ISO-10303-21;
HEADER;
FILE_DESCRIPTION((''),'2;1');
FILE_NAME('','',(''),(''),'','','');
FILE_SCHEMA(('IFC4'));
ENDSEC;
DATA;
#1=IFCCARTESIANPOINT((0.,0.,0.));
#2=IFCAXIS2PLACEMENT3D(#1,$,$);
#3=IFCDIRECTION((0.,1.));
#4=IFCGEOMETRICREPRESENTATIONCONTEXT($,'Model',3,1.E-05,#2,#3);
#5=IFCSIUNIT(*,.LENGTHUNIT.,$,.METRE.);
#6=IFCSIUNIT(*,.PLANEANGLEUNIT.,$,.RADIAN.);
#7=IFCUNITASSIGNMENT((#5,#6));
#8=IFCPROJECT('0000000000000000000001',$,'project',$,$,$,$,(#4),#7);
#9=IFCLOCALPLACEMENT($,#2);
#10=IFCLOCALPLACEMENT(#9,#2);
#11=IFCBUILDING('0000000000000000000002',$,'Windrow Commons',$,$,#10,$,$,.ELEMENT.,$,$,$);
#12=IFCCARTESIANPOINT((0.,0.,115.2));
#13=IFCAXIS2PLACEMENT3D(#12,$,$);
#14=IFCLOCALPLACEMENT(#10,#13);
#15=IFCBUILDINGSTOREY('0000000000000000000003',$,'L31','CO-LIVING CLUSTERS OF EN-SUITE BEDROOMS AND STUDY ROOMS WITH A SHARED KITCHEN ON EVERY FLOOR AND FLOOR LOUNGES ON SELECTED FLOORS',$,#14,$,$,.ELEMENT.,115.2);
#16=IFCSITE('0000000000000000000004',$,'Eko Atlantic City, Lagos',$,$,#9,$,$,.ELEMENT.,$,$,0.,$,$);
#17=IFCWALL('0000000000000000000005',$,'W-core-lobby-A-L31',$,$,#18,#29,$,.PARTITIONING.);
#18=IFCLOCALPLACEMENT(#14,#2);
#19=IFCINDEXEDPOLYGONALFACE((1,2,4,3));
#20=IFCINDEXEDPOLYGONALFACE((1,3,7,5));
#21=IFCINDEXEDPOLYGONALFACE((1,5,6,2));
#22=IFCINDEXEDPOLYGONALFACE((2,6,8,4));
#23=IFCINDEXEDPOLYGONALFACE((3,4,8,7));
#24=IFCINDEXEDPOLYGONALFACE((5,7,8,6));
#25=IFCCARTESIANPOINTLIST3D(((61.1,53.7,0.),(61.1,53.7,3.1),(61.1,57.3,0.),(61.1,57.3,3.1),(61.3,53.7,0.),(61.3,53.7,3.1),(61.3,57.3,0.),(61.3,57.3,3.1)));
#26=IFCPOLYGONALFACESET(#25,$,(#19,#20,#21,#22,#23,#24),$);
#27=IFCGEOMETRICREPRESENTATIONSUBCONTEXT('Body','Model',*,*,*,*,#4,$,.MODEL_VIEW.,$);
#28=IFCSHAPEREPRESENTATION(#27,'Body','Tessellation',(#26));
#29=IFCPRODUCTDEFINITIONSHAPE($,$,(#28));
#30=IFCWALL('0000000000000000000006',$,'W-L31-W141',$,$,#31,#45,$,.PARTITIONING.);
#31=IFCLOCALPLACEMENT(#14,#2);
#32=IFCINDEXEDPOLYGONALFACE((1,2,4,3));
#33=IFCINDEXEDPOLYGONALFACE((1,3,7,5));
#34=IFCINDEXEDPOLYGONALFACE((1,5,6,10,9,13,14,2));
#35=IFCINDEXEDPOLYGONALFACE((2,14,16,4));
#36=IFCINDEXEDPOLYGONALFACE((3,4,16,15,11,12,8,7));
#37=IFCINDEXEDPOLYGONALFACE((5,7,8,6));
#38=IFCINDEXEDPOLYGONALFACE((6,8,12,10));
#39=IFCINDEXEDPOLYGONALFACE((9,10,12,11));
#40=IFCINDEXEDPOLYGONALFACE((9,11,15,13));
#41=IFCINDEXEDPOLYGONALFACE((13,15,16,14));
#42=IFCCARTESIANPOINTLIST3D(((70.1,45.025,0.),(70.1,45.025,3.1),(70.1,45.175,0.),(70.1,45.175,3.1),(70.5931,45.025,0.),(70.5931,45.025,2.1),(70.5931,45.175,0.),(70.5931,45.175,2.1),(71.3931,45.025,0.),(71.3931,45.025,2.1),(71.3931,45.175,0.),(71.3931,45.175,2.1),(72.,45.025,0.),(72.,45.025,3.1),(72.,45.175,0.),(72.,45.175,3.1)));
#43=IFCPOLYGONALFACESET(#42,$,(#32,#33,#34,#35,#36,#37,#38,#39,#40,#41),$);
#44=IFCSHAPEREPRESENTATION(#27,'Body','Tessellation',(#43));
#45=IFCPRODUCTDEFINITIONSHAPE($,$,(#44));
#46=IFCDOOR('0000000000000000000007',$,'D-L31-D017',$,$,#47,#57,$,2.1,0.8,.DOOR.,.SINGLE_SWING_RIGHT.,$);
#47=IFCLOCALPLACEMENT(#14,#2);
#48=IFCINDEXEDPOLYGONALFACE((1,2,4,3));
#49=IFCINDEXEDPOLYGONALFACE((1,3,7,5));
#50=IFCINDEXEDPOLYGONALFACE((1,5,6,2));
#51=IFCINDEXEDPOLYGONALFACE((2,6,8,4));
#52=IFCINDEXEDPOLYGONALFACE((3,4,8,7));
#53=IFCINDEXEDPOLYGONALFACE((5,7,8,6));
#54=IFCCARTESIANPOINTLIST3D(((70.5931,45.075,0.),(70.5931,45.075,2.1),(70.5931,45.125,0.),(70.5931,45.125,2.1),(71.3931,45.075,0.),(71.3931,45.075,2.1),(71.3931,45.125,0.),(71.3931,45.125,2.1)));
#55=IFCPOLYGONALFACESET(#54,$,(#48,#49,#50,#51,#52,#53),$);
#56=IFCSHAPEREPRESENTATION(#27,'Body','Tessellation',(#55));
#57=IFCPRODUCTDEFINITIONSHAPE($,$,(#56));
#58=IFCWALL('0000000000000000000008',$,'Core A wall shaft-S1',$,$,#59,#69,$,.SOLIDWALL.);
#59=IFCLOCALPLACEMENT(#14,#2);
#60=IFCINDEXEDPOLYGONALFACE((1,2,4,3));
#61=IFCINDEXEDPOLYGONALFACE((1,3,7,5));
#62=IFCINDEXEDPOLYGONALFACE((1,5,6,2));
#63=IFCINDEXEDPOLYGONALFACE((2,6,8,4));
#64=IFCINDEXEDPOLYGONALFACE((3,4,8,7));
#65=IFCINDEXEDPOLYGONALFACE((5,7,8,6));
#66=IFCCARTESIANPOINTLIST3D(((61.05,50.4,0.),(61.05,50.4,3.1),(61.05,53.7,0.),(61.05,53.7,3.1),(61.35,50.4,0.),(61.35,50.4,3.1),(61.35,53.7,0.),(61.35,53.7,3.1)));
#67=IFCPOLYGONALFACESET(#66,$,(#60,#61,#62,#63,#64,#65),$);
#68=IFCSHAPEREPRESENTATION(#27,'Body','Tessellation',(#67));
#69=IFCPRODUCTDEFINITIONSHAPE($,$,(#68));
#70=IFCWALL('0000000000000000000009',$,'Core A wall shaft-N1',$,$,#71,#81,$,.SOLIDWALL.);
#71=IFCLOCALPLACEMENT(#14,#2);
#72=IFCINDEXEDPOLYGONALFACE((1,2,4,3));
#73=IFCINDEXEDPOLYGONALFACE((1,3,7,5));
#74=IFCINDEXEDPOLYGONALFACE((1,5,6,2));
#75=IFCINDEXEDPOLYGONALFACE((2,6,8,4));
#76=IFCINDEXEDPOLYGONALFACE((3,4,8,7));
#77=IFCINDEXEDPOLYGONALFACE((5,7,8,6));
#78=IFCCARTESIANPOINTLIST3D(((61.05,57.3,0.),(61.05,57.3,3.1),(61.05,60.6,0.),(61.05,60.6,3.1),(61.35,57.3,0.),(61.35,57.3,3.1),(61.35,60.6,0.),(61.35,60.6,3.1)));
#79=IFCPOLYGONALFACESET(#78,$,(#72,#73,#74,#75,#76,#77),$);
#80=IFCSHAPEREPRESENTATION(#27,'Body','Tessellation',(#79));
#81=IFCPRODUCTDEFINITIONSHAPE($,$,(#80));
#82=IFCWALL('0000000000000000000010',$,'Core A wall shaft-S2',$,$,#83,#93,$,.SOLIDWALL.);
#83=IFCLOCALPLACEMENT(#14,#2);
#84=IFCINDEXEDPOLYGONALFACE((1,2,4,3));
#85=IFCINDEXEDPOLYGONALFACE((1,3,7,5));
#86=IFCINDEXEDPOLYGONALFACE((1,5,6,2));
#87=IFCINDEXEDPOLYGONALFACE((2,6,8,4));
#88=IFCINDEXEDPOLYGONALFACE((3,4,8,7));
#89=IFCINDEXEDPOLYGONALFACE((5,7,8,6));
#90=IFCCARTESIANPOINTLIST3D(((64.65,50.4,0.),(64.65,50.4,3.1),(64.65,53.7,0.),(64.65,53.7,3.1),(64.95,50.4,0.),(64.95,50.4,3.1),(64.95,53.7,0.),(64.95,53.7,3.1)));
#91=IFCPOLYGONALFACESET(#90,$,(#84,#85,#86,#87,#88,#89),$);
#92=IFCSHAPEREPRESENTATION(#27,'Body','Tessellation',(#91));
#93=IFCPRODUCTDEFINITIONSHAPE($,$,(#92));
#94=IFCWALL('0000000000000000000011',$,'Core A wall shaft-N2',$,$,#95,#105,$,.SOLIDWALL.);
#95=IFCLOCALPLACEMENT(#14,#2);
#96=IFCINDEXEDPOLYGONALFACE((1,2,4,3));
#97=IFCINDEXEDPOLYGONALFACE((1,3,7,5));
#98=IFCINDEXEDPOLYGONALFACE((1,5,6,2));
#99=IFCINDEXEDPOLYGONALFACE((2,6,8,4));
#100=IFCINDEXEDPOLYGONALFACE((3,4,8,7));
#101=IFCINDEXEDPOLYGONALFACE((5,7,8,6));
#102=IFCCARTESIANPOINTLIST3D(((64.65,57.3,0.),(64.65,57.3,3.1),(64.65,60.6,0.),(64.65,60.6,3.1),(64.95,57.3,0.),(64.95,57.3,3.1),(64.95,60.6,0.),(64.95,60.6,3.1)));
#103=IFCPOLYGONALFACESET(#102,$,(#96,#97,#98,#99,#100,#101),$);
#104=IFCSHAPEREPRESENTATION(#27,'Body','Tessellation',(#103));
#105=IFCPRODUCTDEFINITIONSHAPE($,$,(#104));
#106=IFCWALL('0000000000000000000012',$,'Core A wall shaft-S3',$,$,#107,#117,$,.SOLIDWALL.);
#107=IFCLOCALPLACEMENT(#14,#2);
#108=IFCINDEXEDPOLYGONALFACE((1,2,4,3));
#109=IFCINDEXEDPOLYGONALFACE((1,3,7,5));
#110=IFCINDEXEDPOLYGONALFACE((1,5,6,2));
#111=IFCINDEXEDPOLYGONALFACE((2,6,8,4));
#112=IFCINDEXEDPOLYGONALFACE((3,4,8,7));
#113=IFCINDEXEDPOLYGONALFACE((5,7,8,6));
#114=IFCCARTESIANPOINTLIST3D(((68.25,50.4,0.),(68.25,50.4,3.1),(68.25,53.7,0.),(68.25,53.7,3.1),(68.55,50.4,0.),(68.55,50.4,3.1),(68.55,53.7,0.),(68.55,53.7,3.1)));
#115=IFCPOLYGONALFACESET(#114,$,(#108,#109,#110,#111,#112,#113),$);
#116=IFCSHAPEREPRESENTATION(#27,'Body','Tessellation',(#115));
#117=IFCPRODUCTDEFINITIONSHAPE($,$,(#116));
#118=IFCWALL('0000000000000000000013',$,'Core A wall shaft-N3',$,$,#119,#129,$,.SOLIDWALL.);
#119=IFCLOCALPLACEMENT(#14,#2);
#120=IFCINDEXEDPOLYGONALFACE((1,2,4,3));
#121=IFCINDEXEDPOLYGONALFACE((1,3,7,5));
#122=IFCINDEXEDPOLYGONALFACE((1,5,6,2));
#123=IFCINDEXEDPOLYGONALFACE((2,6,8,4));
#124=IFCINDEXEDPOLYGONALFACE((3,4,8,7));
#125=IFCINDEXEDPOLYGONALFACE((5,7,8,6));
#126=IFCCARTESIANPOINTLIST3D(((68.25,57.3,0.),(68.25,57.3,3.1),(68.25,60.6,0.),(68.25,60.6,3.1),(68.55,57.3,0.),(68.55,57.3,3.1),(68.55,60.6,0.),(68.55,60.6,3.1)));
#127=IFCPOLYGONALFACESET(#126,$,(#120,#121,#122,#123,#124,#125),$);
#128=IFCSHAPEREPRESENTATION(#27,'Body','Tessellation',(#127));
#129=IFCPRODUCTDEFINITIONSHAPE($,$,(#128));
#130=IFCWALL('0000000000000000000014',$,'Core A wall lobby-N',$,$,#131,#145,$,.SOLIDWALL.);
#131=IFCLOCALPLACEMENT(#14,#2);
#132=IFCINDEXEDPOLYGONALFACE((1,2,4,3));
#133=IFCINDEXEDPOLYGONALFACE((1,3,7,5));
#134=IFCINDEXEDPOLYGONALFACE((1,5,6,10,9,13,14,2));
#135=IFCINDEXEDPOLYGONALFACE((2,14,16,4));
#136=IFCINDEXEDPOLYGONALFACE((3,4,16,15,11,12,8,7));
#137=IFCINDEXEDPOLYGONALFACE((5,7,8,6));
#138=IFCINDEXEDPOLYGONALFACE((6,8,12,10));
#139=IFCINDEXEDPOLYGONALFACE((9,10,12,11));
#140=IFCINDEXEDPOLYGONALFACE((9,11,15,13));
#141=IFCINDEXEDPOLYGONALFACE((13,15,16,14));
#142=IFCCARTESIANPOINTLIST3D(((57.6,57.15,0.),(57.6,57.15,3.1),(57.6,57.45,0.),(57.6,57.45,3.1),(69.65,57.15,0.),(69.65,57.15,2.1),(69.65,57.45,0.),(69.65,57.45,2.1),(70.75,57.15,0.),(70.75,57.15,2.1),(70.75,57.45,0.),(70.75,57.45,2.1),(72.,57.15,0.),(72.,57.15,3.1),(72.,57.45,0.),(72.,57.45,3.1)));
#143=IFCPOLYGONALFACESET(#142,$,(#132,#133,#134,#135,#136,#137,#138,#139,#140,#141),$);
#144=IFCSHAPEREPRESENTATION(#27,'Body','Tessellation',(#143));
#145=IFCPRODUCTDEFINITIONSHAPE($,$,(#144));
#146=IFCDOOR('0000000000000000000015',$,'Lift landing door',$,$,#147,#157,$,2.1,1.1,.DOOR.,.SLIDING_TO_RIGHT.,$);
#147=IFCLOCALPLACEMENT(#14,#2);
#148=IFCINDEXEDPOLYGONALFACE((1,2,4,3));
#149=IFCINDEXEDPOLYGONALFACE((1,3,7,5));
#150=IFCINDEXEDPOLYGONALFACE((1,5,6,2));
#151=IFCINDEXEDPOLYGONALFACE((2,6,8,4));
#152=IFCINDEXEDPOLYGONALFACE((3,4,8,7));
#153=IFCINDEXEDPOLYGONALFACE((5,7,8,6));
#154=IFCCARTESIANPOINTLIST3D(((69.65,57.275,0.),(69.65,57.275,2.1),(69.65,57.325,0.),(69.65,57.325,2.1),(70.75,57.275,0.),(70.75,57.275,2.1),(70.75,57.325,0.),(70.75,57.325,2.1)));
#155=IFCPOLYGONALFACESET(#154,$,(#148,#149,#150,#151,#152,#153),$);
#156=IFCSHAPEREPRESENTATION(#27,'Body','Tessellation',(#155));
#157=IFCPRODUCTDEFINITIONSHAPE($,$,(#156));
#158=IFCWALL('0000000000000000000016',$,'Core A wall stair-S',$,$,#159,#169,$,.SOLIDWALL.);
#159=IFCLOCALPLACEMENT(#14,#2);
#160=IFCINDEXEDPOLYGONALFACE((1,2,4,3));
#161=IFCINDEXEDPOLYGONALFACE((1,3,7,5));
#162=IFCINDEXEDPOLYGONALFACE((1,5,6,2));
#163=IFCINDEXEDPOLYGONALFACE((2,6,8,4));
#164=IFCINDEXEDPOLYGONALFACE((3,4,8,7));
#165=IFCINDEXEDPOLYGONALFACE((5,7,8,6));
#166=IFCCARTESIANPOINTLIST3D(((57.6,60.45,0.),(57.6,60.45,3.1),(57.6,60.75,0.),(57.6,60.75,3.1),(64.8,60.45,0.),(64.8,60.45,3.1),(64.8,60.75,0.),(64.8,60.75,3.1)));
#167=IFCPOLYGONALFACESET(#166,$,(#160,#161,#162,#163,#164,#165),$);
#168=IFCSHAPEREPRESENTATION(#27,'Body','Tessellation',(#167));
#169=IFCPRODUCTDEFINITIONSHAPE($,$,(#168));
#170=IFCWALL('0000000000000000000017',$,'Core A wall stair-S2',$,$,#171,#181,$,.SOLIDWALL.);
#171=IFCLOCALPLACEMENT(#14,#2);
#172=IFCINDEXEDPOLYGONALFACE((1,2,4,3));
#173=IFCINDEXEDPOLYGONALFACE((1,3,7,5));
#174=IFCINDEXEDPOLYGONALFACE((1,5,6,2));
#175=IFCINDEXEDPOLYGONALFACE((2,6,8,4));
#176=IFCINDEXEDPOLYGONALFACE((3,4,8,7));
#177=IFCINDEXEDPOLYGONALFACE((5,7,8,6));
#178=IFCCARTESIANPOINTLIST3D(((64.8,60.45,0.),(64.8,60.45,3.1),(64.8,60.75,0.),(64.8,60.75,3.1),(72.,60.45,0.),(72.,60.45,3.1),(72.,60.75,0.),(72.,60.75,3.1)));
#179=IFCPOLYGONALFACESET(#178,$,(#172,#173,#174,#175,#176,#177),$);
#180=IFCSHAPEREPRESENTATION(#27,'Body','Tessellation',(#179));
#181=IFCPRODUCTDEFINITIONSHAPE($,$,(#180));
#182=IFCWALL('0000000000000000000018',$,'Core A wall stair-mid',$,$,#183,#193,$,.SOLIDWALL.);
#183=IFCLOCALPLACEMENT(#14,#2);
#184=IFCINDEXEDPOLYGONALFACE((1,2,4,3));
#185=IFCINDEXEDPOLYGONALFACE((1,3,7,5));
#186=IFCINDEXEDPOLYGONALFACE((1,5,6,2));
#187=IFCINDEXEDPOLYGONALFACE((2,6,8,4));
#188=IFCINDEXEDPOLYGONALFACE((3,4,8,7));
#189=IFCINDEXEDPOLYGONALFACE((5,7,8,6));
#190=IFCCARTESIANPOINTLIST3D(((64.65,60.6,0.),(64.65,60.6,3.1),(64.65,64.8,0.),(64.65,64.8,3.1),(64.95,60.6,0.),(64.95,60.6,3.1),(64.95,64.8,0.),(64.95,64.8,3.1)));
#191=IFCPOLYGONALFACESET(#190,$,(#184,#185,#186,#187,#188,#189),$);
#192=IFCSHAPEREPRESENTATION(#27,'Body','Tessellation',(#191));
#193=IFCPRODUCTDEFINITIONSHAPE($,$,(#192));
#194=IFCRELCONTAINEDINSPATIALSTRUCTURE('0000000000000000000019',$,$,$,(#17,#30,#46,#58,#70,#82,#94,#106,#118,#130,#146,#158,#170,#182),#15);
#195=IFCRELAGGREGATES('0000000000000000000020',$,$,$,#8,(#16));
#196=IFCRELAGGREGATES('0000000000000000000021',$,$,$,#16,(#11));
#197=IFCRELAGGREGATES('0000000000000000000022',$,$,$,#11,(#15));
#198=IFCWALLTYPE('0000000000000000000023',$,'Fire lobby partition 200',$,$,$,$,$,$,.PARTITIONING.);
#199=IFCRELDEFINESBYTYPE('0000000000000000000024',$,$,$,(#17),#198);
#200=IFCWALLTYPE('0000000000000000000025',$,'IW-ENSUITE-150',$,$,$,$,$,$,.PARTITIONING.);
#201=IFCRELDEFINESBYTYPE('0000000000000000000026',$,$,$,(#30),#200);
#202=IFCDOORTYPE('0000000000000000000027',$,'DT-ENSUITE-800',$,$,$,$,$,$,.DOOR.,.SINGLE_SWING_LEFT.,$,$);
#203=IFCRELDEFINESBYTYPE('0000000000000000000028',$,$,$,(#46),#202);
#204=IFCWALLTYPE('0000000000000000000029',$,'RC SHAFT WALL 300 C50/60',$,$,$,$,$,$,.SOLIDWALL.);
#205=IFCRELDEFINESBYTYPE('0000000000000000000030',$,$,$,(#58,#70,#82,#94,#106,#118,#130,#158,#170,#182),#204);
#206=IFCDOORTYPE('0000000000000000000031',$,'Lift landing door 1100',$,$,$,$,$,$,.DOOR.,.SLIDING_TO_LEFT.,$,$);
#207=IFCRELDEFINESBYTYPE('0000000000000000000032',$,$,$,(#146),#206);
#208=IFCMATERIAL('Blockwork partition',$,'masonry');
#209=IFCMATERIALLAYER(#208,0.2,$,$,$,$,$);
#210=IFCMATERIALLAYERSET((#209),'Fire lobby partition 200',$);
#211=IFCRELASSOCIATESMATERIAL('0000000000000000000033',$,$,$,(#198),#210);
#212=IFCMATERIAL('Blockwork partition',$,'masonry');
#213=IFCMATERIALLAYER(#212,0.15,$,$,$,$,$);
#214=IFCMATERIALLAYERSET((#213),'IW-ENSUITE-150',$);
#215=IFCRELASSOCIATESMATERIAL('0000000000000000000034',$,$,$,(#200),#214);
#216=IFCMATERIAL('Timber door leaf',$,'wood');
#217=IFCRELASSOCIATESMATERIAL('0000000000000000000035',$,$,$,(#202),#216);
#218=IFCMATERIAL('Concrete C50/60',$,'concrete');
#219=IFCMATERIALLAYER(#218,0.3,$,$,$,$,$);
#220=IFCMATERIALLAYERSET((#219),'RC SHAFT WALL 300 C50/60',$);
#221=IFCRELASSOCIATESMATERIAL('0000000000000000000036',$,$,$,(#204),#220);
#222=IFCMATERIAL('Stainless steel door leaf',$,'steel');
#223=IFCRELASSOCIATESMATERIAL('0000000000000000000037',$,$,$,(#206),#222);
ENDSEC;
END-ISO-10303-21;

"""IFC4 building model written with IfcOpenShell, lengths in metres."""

from ifc_helpers import new_model, si_unit, direction, frame, frame_2d, origin, place, context, subcontext, project, spatial, rectangle, extrude, material, layer, layer_set, type_object, element, fill, save


model = new_model("IFC4")

# Units and contexts
model_context = context("Model", 3, precision=1e-05, world=origin(), true_north=direction((0.0, 1.0)))
body_context = subcontext(model_context, "Body", "Model", "MODEL_VIEW")
ifc_project = project(units=[si_unit("LENGTHUNIT", "METRE"), si_unit("PLANEANGLEUNIT", "RADIAN")], contexts=[model_context])

# Site, building, storey
site_placement = place(None, origin())
site = spatial("IfcSite", under=ifc_project, at=site_placement, Name="Eko Atlantic City, Lagos", CompositionType="ELEMENT", RefElevation=0.0)
building_placement = place(site_placement, origin())
building = spatial("IfcBuilding", under=site, at=building_placement, Name="Windrow Commons", CompositionType="ELEMENT")
storey_placement = place(building_placement, frame((0.0, 0.0, 115.2)))
storey = spatial("IfcBuildingStorey", under=building, at=storey_placement, Name="L31", Description="CO-LIVING CLUSTERS OF EN-SUITE BEDROOMS AND STUDY ROOMS WITH A SHARED KITCHEN ON EVERY FLOOR AND FLOOR LOUNGES ON SELECTED FLOORS", CompositionType="ELEMENT", Elevation=115.2)

# Wall
ifc_material_1 = material(Name="Blockwork partition", Category="masonry")
ifc_layer_1 = layer(ifc_material_1, 0.2)
ifc_layer_set_1 = layer_set([ifc_layer_1], Name="Fire lobby partition 200")
wall_type_1 = type_object("IfcWallType", Name="Fire lobby partition 200", PredefinedType="PARTITIONING", material=ifc_layer_set_1)
wall_1_placement = place(storey_placement, frame((61.2, 53.7, 0.0), z_axis=(0.0, 0.0, 1.0), x_axis=(0.0, 1.0, 0.0)))
element("IfcWall", 1, at=wall_1_placement, inside=storey, type_object=wall_type_1, Name="W-core-lobby-A-L31", PredefinedType="PARTITIONING", context=body_context, shape_type="SweptSolid", body=[
    extrude(rectangle(XDim=3.6, YDim=0.2, at=frame_2d((1.8, 0.0))), origin(), (0.0, 0.0, 1.0), 3.1),
])

# Wall, opening, door
ifc_material_2 = material(Name="Blockwork partition", Category="masonry")
ifc_layer_2 = layer(ifc_material_2, 0.15)
ifc_layer_set_2 = layer_set([ifc_layer_2], Name="IW-ENSUITE-150")
wall_type_2 = type_object("IfcWallType", Name="IW-ENSUITE-150", PredefinedType="PARTITIONING", material=ifc_layer_set_2)
wall_2_placement = place(storey_placement, frame((70.1, 45.1, 0.0), z_axis=(0.0, 0.0, 1.0), x_axis=(1.0, 0.0, 0.0)))
wall_2 = element("IfcWall", 2, at=wall_2_placement, inside=storey, type_object=wall_type_2, Name="W-L31-W141", PredefinedType="PARTITIONING", context=body_context, shape_type="SweptSolid", body=[
    extrude(rectangle(XDim=1.9, YDim=0.15, at=frame_2d((0.95, 0.0))), origin(), (0.0, 0.0, 1.0), 3.1),
])
opening_1_placement = place(wall_2_placement, frame((0.4931, 0.0, 0.0)))
opening_1 = element("IfcOpeningElement", 3, at=opening_1_placement, cuts=wall_2, PredefinedType="OPENING", context=body_context, shape_type="SweptSolid", body=[
    extrude(rectangle(XDim=0.8, YDim=2.1, at=frame_2d((0.4, 1.05))), frame((0.0, 0.085, 0.0), z_axis=(0.0, -1.0, 0.0), x_axis=(1.0, 0.0, 0.0)), (0.0, 0.0, 1.0), 0.17),
])
ifc_material_3 = material(Name="Timber door leaf", Category="wood")
door_type_1 = type_object("IfcDoorType", Name="DT-ENSUITE-800", OperationType="SINGLE_SWING_LEFT", PredefinedType="DOOR", material=ifc_material_3)
door_1_placement = place(opening_1_placement, origin())
door_1 = element("IfcDoor", 4, at=door_1_placement, inside=storey, type_object=door_type_1, Name="D-L31-D017", OperationType="SINGLE_SWING_RIGHT", OverallHeight=2.1, OverallWidth=0.8, PredefinedType="DOOR", context=body_context, shape_type="SweptSolid", body=[
    extrude(rectangle(XDim=0.8, YDim=2.1, at=frame_2d((0.4, 1.05))), frame((0.0, 0.025, 0.0), z_axis=(0.0, -1.0, 0.0), x_axis=(1.0, 0.0, 0.0)), (0.0, 0.0, 1.0), 0.05),
])
fill(opening_1, door_1)

# Walls
ifc_material_4 = material(Name="Concrete C50/60", Category="concrete")
ifc_layer_3 = layer(ifc_material_4, 0.3)
ifc_layer_set_3 = layer_set([ifc_layer_3], Name="RC SHAFT WALL 300 C50/60")
wall_type_3 = type_object("IfcWallType", Name="RC SHAFT WALL 300 C50/60", PredefinedType="SOLIDWALL", material=ifc_layer_set_3)
for number, where, z_axis, x_axis, name in (
    (5, (61.2, 50.4, 0.0), (0.0, 0.0, 1.0), (0.0, 1.0, 0.0), "Core A wall shaft-S1"),
    (6, (61.2, 57.3, 0.0), (0.0, 0.0, 1.0), (0.0, 1.0, 0.0), "Core A wall shaft-N1"),
    (7, (64.8, 50.4, 0.0), (0.0, 0.0, 1.0), (0.0, 1.0, 0.0), "Core A wall shaft-S2"),
    (8, (64.8, 57.3, 0.0), (0.0, 0.0, 1.0), (0.0, 1.0, 0.0), "Core A wall shaft-N2"),
    (9, (68.4, 50.4, 0.0), (0.0, 0.0, 1.0), (0.0, 1.0, 0.0), "Core A wall shaft-S3"),
    (10, (68.4, 57.3, 0.0), (0.0, 0.0, 1.0), (0.0, 1.0, 0.0), "Core A wall shaft-N3"),
):
    element("IfcWall", number, at=place(storey_placement, frame(where, z_axis=z_axis, x_axis=x_axis)), inside=storey, type_object=wall_type_3, Name=name, PredefinedType="SOLIDWALL", context=body_context, shape_type="SweptSolid", body=[
        extrude(rectangle(XDim=3.3, YDim=0.3, at=frame_2d((1.65, 0.0))), origin(), (0.0, 0.0, 1.0), 3.1),
    ])

# Wall, opening, door
wall_3_placement = place(storey_placement, frame((57.6, 57.3, 0.0), z_axis=(0.0, 0.0, 1.0), x_axis=(1.0, 0.0, 0.0)))
wall_3 = element("IfcWall", 11, at=wall_3_placement, inside=storey, type_object=wall_type_3, Name="Core A wall lobby-N", PredefinedType="SOLIDWALL", context=body_context, shape_type="SweptSolid", body=[
    extrude(rectangle(XDim=14.4, YDim=0.3, at=frame_2d((7.2, 0.0))), origin(), (0.0, 0.0, 1.0), 3.1),
])
opening_2_placement = place(wall_3_placement, frame((12.05, 0.0, 0.0)))
opening_2 = element("IfcOpeningElement", 12, at=opening_2_placement, cuts=wall_3, PredefinedType="OPENING", context=body_context, shape_type="SweptSolid", body=[
    extrude(rectangle(XDim=1.1, YDim=2.1, at=frame_2d((0.55, 1.05))), frame((0.0, 0.16, 0.0), z_axis=(0.0, -1.0, 0.0), x_axis=(1.0, 0.0, 0.0)), (0.0, 0.0, 1.0), 0.32),
])
ifc_material_5 = material(Name="Stainless steel door leaf", Category="steel")
door_type_2 = type_object("IfcDoorType", Name="Lift landing door 1100", OperationType="SLIDING_TO_LEFT", PredefinedType="DOOR", material=ifc_material_5)
door_2_placement = place(opening_2_placement, origin())
door_2 = element("IfcDoor", 13, at=door_2_placement, inside=storey, type_object=door_type_2, Name="Lift landing door", OperationType="SLIDING_TO_RIGHT", OverallHeight=2.1, OverallWidth=1.1, PredefinedType="DOOR", context=body_context, shape_type="SweptSolid", body=[
    extrude(rectangle(XDim=1.1, YDim=2.1, at=frame_2d((0.55, 1.05))), frame((0.0, 0.025, 0.0), z_axis=(0.0, -1.0, 0.0), x_axis=(1.0, 0.0, 0.0)), (0.0, 0.0, 1.0), 0.05),
])
fill(opening_2, door_2)

# Walls
for number, where, z_axis, x_axis, name in (
    (14, (57.6, 60.6, 0.0), (0.0, 0.0, 1.0), (1.0, 0.0, 0.0), "Core A wall stair-S"),
    (15, (64.8, 60.6, 0.0), (0.0, 0.0, 1.0), (1.0, 0.0, 0.0), "Core A wall stair-S2"),
):
    element("IfcWall", number, at=place(storey_placement, frame(where, z_axis=z_axis, x_axis=x_axis)), inside=storey, type_object=wall_type_3, Name=name, PredefinedType="SOLIDWALL", context=body_context, shape_type="SweptSolid", body=[
        extrude(rectangle(XDim=7.2, YDim=0.3, at=frame_2d((3.6, 0.0))), origin(), (0.0, 0.0, 1.0), 3.1),
    ])
wall_4_placement = place(storey_placement, frame((64.8, 60.6, 0.0), z_axis=(0.0, 0.0, 1.0), x_axis=(0.0, 1.0, 0.0)))
element("IfcWall", 16, at=wall_4_placement, inside=storey, type_object=wall_type_3, Name="Core A wall stair-mid", PredefinedType="SOLIDWALL", context=body_context, shape_type="SweptSolid", body=[
    extrude(rectangle(XDim=4.2, YDim=0.3, at=frame_2d((2.1, 0.0))), origin(), (0.0, 0.0, 1.0), 3.1),
])

save(model, "model.ifc")
